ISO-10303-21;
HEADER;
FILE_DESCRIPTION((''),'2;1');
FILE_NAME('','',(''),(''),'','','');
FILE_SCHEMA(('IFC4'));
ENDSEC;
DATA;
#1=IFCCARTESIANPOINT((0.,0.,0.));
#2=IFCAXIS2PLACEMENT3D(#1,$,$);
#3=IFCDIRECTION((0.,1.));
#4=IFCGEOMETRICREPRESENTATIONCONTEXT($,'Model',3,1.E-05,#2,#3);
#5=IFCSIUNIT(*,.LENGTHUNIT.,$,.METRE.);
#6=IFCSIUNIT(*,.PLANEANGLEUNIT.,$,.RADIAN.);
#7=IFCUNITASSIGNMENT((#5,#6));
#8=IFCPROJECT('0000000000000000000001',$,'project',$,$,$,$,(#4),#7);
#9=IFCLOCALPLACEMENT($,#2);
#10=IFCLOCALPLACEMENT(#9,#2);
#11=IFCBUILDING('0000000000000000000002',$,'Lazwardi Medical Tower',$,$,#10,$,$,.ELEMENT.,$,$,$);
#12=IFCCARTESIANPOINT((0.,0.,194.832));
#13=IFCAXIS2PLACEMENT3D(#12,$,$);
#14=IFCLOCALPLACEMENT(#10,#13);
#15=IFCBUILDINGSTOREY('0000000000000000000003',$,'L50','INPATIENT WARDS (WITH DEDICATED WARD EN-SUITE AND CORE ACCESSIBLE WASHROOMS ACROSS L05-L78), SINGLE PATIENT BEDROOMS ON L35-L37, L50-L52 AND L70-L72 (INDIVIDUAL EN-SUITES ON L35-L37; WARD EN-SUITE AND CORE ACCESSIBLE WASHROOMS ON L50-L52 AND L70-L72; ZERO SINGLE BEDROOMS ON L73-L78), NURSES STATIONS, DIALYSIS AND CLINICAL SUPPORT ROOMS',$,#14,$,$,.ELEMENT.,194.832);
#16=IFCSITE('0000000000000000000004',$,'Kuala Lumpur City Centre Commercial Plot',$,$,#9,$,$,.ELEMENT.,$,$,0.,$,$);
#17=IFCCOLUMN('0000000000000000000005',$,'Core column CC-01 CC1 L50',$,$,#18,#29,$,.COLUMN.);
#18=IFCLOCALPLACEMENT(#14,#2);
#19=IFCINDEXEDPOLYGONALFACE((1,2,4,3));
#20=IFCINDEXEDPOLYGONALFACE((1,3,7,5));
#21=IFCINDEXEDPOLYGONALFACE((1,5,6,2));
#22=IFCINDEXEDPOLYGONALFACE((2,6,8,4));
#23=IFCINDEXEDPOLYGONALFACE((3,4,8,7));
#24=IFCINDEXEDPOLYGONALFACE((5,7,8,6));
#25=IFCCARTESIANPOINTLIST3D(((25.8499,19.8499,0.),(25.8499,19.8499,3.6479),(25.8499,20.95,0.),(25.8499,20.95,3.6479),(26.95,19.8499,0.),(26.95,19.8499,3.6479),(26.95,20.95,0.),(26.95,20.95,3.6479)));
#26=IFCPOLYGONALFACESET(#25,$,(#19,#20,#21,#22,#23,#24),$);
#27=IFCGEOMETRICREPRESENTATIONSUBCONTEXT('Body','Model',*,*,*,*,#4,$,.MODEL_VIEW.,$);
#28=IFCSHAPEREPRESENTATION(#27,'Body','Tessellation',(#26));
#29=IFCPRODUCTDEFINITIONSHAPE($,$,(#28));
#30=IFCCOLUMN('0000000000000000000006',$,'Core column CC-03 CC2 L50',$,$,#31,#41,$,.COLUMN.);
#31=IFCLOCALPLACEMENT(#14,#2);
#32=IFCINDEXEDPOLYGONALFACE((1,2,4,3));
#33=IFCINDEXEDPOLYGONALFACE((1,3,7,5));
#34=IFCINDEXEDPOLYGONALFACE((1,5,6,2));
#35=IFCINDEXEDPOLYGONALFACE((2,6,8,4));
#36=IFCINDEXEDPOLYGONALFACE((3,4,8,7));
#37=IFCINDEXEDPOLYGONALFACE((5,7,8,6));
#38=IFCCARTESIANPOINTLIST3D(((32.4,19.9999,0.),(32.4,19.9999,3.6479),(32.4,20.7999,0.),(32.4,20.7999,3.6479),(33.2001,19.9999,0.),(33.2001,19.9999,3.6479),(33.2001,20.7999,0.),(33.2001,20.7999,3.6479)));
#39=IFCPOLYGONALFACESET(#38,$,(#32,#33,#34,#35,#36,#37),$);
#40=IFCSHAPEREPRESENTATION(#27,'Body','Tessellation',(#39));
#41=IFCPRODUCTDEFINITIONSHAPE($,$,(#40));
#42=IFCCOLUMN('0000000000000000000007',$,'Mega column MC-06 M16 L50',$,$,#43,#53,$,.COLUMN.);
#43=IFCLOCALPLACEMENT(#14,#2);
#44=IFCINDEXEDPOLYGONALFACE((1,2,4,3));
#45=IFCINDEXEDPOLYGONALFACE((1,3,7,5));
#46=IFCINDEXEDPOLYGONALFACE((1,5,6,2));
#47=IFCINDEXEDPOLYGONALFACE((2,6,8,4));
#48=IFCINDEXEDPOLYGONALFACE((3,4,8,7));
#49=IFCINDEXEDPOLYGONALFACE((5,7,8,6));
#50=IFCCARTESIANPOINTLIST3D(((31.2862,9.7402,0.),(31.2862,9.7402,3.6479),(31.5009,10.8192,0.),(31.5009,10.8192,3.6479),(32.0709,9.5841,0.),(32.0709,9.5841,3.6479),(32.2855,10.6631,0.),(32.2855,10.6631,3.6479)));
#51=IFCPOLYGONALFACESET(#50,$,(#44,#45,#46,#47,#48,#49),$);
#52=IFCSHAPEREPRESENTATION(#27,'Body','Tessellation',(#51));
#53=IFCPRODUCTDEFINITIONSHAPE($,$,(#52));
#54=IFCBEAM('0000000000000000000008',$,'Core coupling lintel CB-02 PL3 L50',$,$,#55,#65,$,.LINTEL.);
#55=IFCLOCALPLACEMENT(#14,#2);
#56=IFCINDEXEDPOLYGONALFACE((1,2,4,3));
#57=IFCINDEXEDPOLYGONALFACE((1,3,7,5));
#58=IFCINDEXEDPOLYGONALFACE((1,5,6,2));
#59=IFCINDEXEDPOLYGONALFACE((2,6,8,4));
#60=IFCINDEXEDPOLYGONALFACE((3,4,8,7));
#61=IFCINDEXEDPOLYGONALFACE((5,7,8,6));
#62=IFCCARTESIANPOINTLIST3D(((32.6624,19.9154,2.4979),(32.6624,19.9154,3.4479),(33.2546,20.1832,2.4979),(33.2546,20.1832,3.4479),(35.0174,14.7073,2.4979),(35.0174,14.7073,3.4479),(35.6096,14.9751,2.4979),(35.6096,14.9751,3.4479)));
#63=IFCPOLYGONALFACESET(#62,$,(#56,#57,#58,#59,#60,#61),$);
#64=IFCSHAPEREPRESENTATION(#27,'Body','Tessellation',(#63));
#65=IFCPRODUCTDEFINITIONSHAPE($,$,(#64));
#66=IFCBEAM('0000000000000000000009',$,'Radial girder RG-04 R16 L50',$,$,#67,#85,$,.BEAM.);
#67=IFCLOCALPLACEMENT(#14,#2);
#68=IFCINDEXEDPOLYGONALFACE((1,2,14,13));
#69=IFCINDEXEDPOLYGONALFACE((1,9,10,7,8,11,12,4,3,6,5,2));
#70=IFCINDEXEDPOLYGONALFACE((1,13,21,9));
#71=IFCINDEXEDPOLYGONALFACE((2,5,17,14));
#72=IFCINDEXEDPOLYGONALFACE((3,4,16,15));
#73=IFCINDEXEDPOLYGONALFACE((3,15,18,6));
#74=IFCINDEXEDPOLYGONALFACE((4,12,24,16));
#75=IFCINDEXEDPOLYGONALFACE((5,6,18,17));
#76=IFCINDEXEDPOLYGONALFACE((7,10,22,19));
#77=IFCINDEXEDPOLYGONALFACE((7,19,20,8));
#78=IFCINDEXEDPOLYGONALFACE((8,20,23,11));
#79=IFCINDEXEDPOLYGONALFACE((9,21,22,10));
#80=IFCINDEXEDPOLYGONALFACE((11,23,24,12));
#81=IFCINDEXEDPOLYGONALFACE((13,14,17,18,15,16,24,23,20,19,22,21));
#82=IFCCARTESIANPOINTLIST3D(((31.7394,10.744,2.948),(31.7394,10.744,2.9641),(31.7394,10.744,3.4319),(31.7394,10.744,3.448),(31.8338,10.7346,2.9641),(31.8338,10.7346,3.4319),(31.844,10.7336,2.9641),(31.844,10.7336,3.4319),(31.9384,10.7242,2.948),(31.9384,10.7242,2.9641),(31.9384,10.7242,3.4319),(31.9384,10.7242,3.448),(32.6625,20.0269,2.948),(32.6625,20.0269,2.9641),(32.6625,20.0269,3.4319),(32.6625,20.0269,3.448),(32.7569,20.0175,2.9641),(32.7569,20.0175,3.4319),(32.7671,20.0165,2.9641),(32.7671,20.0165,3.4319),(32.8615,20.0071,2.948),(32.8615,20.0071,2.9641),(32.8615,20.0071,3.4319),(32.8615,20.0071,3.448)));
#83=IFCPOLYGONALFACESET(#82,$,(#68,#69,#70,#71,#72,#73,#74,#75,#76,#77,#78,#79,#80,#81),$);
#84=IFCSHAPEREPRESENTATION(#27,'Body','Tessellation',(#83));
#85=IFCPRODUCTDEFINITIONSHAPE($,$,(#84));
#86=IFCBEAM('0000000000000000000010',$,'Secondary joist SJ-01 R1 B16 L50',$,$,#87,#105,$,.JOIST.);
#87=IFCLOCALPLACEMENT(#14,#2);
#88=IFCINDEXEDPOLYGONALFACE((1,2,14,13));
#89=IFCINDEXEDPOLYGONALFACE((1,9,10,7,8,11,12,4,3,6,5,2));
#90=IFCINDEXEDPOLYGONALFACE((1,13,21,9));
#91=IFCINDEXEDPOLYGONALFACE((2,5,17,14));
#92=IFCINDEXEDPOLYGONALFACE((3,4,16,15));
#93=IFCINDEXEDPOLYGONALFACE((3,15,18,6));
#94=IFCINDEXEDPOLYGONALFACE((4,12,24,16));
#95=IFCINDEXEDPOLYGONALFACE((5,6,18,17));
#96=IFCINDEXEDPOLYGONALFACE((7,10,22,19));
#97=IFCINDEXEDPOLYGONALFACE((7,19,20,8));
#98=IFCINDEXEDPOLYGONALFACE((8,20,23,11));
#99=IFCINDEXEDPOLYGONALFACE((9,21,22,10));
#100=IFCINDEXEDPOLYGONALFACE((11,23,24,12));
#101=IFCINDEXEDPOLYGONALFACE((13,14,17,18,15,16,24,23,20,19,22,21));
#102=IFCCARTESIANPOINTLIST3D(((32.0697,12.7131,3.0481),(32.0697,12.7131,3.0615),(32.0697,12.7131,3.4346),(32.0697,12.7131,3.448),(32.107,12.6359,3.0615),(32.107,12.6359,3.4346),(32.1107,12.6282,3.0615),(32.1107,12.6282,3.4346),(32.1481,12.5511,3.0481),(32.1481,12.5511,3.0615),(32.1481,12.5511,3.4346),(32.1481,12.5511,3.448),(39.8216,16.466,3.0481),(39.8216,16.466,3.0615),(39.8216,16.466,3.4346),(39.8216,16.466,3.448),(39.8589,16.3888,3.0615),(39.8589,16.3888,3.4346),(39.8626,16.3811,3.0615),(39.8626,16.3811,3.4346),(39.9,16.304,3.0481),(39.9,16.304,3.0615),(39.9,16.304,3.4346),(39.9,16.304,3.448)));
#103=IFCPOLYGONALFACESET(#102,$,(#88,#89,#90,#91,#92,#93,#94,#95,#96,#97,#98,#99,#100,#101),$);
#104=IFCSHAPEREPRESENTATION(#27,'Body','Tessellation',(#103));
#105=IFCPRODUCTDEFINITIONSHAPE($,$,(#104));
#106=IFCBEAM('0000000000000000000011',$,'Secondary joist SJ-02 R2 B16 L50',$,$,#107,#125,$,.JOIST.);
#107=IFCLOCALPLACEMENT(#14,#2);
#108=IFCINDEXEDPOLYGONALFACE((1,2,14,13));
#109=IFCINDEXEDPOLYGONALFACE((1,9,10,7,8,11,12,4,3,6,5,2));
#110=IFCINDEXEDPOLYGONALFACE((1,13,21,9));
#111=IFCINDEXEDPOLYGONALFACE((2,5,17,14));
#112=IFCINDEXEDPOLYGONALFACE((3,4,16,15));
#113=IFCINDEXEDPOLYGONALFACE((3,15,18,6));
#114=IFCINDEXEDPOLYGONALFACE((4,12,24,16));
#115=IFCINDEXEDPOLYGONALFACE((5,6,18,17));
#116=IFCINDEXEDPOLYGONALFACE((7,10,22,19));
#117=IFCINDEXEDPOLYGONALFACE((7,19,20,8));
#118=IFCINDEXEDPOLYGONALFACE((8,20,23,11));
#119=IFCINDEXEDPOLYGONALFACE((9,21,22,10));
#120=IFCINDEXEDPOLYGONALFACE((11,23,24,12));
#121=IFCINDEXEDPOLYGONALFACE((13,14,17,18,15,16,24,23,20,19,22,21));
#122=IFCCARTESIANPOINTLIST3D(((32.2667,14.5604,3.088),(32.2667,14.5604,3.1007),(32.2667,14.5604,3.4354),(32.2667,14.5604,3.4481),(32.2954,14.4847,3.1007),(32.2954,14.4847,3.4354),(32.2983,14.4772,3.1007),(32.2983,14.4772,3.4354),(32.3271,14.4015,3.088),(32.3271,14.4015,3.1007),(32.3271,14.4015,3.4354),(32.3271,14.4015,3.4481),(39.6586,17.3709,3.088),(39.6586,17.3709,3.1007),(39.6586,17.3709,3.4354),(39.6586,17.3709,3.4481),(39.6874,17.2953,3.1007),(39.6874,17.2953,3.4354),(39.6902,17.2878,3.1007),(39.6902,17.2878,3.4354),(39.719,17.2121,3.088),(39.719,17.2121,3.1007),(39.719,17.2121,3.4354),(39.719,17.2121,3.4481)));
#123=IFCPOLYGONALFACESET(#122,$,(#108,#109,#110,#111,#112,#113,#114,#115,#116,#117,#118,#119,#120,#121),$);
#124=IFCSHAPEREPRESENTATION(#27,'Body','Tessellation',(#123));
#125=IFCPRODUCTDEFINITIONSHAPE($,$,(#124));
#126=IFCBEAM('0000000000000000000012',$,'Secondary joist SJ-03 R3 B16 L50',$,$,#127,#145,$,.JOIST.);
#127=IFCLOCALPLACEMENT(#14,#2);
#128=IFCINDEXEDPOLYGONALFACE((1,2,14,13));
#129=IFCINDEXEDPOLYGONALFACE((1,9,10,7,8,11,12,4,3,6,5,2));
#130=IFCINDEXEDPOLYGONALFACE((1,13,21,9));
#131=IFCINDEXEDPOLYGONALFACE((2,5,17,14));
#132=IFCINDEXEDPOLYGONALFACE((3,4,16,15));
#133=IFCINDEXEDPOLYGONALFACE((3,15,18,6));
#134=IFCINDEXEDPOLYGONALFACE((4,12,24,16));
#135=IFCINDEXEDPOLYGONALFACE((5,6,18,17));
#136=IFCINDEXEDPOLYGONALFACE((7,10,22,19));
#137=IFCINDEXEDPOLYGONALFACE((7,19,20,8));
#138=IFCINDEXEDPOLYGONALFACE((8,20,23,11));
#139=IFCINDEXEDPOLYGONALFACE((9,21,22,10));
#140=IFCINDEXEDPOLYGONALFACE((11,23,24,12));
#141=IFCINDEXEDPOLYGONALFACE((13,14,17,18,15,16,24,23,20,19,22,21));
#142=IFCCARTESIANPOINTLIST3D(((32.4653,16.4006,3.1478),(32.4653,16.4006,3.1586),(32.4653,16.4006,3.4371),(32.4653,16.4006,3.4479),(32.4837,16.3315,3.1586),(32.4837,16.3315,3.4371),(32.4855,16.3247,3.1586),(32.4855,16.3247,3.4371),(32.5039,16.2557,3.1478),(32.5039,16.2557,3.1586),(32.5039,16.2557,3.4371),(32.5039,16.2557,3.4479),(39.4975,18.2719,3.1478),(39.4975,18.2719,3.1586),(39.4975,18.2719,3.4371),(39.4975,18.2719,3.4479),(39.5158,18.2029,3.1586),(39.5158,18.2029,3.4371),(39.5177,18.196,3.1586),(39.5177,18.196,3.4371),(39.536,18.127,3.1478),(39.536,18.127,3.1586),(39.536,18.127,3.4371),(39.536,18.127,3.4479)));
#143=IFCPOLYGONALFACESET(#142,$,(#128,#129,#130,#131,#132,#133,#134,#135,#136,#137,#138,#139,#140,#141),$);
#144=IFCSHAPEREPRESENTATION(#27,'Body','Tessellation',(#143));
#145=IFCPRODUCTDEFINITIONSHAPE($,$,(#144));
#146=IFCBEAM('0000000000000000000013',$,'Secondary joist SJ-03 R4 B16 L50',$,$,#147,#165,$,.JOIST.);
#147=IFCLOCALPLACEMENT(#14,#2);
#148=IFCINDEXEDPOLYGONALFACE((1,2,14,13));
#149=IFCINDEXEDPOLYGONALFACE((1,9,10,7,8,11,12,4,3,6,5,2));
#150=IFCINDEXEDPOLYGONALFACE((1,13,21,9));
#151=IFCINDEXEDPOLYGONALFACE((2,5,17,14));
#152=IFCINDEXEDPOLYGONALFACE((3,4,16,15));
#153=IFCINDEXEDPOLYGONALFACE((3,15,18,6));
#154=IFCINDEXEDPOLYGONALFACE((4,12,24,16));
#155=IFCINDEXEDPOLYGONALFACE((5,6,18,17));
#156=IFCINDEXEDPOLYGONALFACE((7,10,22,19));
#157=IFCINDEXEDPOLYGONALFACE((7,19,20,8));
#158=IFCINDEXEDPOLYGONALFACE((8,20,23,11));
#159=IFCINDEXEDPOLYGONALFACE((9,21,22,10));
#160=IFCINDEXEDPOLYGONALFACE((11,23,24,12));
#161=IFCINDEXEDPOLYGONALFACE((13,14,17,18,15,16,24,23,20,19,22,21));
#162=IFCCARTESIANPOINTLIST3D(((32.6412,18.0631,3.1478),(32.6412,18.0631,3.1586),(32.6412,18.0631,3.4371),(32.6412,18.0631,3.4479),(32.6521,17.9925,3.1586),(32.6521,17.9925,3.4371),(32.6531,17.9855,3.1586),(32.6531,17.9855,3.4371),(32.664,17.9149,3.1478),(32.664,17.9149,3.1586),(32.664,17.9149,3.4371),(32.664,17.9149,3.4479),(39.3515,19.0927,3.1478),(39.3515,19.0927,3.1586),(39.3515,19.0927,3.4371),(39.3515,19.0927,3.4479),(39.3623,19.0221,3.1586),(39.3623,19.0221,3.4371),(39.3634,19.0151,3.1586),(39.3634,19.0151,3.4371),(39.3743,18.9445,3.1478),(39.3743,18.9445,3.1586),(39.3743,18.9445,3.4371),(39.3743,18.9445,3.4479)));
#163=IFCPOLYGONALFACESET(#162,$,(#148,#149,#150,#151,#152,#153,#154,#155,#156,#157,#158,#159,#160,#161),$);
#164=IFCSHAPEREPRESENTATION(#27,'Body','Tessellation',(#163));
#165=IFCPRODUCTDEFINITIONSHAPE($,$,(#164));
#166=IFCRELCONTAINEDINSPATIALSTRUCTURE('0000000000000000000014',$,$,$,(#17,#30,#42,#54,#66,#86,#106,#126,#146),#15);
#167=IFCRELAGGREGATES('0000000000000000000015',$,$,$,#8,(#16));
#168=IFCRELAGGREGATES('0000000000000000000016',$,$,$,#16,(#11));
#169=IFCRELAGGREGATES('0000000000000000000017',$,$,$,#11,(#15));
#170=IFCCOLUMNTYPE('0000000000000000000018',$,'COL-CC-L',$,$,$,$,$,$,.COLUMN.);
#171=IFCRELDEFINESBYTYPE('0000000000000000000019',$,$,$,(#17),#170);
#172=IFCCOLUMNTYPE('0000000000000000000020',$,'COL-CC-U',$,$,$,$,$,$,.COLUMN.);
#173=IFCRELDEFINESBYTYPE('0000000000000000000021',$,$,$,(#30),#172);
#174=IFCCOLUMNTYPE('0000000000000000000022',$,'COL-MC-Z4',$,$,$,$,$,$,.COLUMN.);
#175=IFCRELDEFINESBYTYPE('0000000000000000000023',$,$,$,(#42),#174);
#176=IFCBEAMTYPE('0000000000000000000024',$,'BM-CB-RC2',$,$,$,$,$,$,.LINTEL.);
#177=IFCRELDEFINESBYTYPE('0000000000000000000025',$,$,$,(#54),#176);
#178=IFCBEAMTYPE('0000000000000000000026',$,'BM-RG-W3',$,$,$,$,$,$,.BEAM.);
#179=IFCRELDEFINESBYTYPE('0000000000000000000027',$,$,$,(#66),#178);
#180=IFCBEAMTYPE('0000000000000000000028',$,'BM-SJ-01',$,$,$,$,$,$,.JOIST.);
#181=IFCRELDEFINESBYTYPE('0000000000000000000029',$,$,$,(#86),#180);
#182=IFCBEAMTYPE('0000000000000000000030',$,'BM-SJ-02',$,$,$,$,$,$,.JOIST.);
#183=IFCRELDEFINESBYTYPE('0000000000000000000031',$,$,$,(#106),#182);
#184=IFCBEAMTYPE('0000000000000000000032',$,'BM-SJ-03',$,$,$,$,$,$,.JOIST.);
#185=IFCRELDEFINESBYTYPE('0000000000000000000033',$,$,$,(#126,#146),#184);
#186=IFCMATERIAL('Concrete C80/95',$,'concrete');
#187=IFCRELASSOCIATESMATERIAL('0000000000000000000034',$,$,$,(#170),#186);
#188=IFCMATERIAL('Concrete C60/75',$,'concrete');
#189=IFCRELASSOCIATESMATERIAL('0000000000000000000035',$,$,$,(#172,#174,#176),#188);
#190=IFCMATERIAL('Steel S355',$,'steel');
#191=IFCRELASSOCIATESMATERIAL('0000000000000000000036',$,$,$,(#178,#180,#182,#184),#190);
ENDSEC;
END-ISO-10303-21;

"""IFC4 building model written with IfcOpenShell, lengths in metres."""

from ifc_helpers import new_model, si_unit, direction, frame, origin, origin_2d, place, context, subcontext, project, spatial, rectangle, i_section, extrude, material, material_profile, profile_set, type_object, element, save


model = new_model("IFC4")

# Units and contexts
model_context = context("Model", 3, precision=1e-05, world=origin(), true_north=direction((0.0, 1.0)))
body_context = subcontext(model_context, "Body", "Model", "MODEL_VIEW")
ifc_project = project(units=[si_unit("LENGTHUNIT", "METRE"), si_unit("PLANEANGLEUNIT", "RADIAN")], contexts=[model_context])

# Site, building, storey
site_placement = place(None, origin())
site = spatial("IfcSite", under=ifc_project, at=site_placement, Name="Kuala Lumpur City Centre Commercial Plot", CompositionType="ELEMENT", RefElevation=0.0)
building_placement = place(site_placement, origin())
building = spatial("IfcBuilding", under=site, at=building_placement, Name="Lazwardi Medical Tower", CompositionType="ELEMENT")
storey_placement = place(building_placement, frame((0.0, 0.0, 194.832)))
storey = spatial("IfcBuildingStorey", under=building, at=storey_placement, Name="L50", Description="INPATIENT WARDS (WITH DEDICATED WARD EN-SUITE AND CORE ACCESSIBLE WASHROOMS ACROSS L05-L78), SINGLE PATIENT BEDROOMS ON L35-L37, L50-L52 AND L70-L72 (INDIVIDUAL EN-SUITES ON L35-L37; WARD EN-SUITE AND CORE ACCESSIBLE WASHROOMS ON L50-L52 AND L70-L72; ZERO SINGLE BEDROOMS ON L73-L78), NURSES STATIONS, DIALYSIS AND CLINICAL SUPPORT ROOMS", CompositionType="ELEMENT", Elevation=194.832)

# Columns
ifc_material_1 = material(Name="Concrete C80/95", Category="concrete")
ifc_material_profile_1 = material_profile(ifc_material_1, rectangle(XDim=1.1001, YDim=1.1001, at=origin_2d()), Name="RC 1100x1100")
ifc_profile_set_1 = profile_set([ifc_material_profile_1], Name="Concrete C80/95")
column_type_1 = type_object("IfcColumnType", Name="COL-CC-L", PredefinedType="COLUMN", material=ifc_profile_set_1)
column_1_placement = place(storey_placement, frame((26.3999, 20.3999, 0.0), z_axis=(0.0, 0.0, 1.0), x_axis=(1.0, 0.0, 0.0)))
element("IfcColumn", 1, at=column_1_placement, inside=storey, type_object=column_type_1, Name="Core column CC-01 CC1 L50", PredefinedType="COLUMN", context=body_context, shape_type="SweptSolid", body=[
    extrude(rectangle(XDim=1.1001, YDim=1.1001, at=origin_2d()), origin(), (0.0, 0.0, 1.0), 3.6479),
])
ifc_material_2 = material(Name="Concrete C60/75", Category="concrete")
ifc_material_profile_2 = material_profile(ifc_material_2, rectangle(XDim=0.8, YDim=0.8, at=origin_2d()), Name="RC 800x800")
ifc_profile_set_2 = profile_set([ifc_material_profile_2], Name="Concrete C60/75")
column_type_2 = type_object("IfcColumnType", Name="COL-CC-U", PredefinedType="COLUMN", material=ifc_profile_set_2)
column_2_placement = place(storey_placement, frame((32.8, 20.3999, 0.0), z_axis=(0.0, 0.0, 1.0), x_axis=(1.0, 0.0, 0.0)))
element("IfcColumn", 2, at=column_2_placement, inside=storey, type_object=column_type_2, Name="Core column CC-03 CC2 L50", PredefinedType="COLUMN", context=body_context, shape_type="SweptSolid", body=[
    extrude(rectangle(XDim=0.8, YDim=0.8, at=origin_2d()), origin(), (0.0, 0.0, 1.0), 3.6479),
])
ifc_material_profile_3 = material_profile(ifc_material_2, rectangle(XDim=1.1001, YDim=0.8, at=origin_2d()), Name="CFT-RECT 1100x800")
ifc_profile_set_3 = profile_set([ifc_material_profile_3], Name="Concrete C60/75")
column_type_3 = type_object("IfcColumnType", Name="COL-MC-Z4", PredefinedType="COLUMN", material=ifc_profile_set_3)
column_3_placement = place(storey_placement, frame((31.7859, 10.2017, 0.0), z_axis=(0.0, 0.0, 1.0), x_axis=(-0.19509, -0.980785, 0.0)))
element("IfcColumn", 3, at=column_3_placement, inside=storey, type_object=column_type_3, Name="Mega column MC-06 M16 L50", PredefinedType="COLUMN", context=body_context, shape_type="SweptSolid", body=[
    extrude(rectangle(XDim=1.1001, YDim=0.8, at=origin_2d()), origin(), (0.0, 0.0, 1.0), 3.6479),
])

# Beams
ifc_material_profile_4 = material_profile(ifc_material_2, rectangle(XDim=0.6499, YDim=0.95, at=origin_2d()), Name="RC 650x950")
ifc_profile_set_4 = profile_set([ifc_material_profile_4], Name="Concrete C60/75")
beam_type_1 = type_object("IfcBeamType", Name="BM-CB-RC2", PredefinedType="LINTEL", material=ifc_profile_set_4)
beam_1_placement = place(storey_placement, frame((32.9585, 20.0493, 2.9729), z_axis=(0.412019, -0.911175, 0.0), x_axis=(0.911175, 0.412019, 0.0)))
element("IfcBeam", 4, at=beam_1_placement, inside=storey, type_object=beam_type_1, Name="Core coupling lintel CB-02 PL3 L50", PredefinedType="LINTEL", context=body_context, shape_type="SweptSolid", body=[
    extrude(rectangle(XDim=0.6499, YDim=0.95, at=origin_2d()), origin(), (0.0, 0.0, 1.0), 5.7158),
])
ifc_material_3 = material(Name="Steel S355", Category="steel")
ifc_material_profile_5 = material_profile(ifc_material_3, i_section(OverallWidth=0.2, OverallDepth=0.5, WebThickness=0.0103, FlangeThickness=0.0161, at=origin_2d()), Name="IPE 500")
ifc_profile_set_5 = profile_set([ifc_material_profile_5], Name="Steel S355")
beam_type_2 = type_object("IfcBeamType", Name="BM-RG-W3", PredefinedType="BEAM", material=ifc_profile_set_5)
beam_2_placement = place(storey_placement, frame((31.8389, 10.7341, 3.198), z_axis=(0.098954, 0.995092, 0.0), x_axis=(-0.995092, 0.098954, 0.0)))
element("IfcBeam", 5, at=beam_2_placement, inside=storey, type_object=beam_type_2, Name="Radial girder RG-04 R16 L50", PredefinedType="BEAM", context=body_context, shape_type="SweptSolid", body=[
    extrude(i_section(OverallWidth=0.2, OverallDepth=0.5, WebThickness=0.0103, FlangeThickness=0.0161, at=origin_2d()), origin(), (0.0, 0.0, 1.0), 9.3286),
])
ifc_material_profile_6 = material_profile(ifc_material_3, i_section(OverallWidth=0.1799, OverallDepth=0.3999, WebThickness=0.0085, FlangeThickness=0.0134, at=origin_2d()), Name="IPE 400")
ifc_profile_set_6 = profile_set([ifc_material_profile_6], Name="Steel S355")
beam_type_3 = type_object("IfcBeamType", Name="BM-SJ-01", PredefinedType="JOIST", material=ifc_profile_set_6)
beam_3_placement = place(storey_placement, frame((32.1089, 12.6321, 3.248), z_axis=(0.900069, 0.435748, 0.0), x_axis=(-0.435748, 0.900069, 0.0)))
element("IfcBeam", 6, at=beam_3_placement, inside=storey, type_object=beam_type_3, Name="Secondary joist SJ-01 R1 B16 L50", PredefinedType="JOIST", context=body_context, shape_type="SweptSolid", body=[
    extrude(i_section(OverallWidth=0.1799, OverallDepth=0.3999, WebThickness=0.0085, FlangeThickness=0.0134, at=origin_2d()), origin(), (0.0, 0.0, 1.0), 8.6125),
])
ifc_material_profile_7 = material_profile(ifc_material_3, i_section(OverallWidth=0.1699, OverallDepth=0.3601, WebThickness=0.0081, FlangeThickness=0.0127, at=origin_2d()), Name="IPE 360")
ifc_profile_set_7 = profile_set([ifc_material_profile_7], Name="Steel S355")
beam_type_4 = type_object("IfcBeamType", Name="BM-SJ-02", PredefinedType="JOIST", material=ifc_profile_set_7)
beam_4_placement = place(storey_placement, frame((32.2969, 14.481, 3.2681), z_axis=(0.934714, 0.3554, 0.0), x_axis=(-0.3554, 0.934714, 0.0)))
element("IfcBeam", 7, at=beam_4_placement, inside=storey, type_object=beam_type_4, Name="Secondary joist SJ-02 R2 B16 L50", PredefinedType="JOIST", context=body_context, shape_type="SweptSolid", body=[
    extrude(i_section(OverallWidth=0.1699, OverallDepth=0.3601, WebThickness=0.0081, FlangeThickness=0.0127, at=origin_2d()), origin(), (0.0, 0.0, 1.0), 7.9082),
])
ifc_material_profile_8 = material_profile(ifc_material_3, i_section(OverallWidth=0.1499, OverallDepth=0.3, WebThickness=0.0071, FlangeThickness=0.0107, at=origin_2d()), Name="IPE 300")
ifc_profile_set_8 = profile_set([ifc_material_profile_8], Name="Steel S355")
beam_type_5 = type_object("IfcBeamType", Name="BM-SJ-03", PredefinedType="JOIST", material=ifc_profile_set_8)
beam_5_placement = place(storey_placement, frame((32.4846, 16.3281, 3.2979), z_axis=(0.966369, 0.257159, 0.0), x_axis=(-0.257159, 0.966369, 0.0)))
element("IfcBeam", 8, at=beam_5_placement, inside=storey, type_object=beam_type_5, Name="Secondary joist SJ-03 R3 B16 L50", PredefinedType="JOIST", context=body_context, shape_type="SweptSolid", body=[
    extrude(i_section(OverallWidth=0.1499, OverallDepth=0.3, WebThickness=0.0071, FlangeThickness=0.0107, at=origin_2d()), origin(), (0.0, 0.0, 1.0), 7.2769),
])
beam_6_placement = place(storey_placement, frame((32.6526, 17.989, 3.2979), z_axis=(0.988434, 0.151655, 0.0), x_axis=(-0.151655, 0.988434, 0.0)))
element("IfcBeam", 9, at=beam_6_placement, inside=storey, type_object=beam_type_5, Name="Secondary joist SJ-03 R4 B16 L50", PredefinedType="JOIST", context=body_context, shape_type="SweptSolid", body=[
    extrude(i_section(OverallWidth=0.1499, OverallDepth=0.3, WebThickness=0.0071, FlangeThickness=0.0107, at=origin_2d()), origin(), (0.0, 0.0, 1.0), 6.7888),
])

save(model, "model.ifc")
